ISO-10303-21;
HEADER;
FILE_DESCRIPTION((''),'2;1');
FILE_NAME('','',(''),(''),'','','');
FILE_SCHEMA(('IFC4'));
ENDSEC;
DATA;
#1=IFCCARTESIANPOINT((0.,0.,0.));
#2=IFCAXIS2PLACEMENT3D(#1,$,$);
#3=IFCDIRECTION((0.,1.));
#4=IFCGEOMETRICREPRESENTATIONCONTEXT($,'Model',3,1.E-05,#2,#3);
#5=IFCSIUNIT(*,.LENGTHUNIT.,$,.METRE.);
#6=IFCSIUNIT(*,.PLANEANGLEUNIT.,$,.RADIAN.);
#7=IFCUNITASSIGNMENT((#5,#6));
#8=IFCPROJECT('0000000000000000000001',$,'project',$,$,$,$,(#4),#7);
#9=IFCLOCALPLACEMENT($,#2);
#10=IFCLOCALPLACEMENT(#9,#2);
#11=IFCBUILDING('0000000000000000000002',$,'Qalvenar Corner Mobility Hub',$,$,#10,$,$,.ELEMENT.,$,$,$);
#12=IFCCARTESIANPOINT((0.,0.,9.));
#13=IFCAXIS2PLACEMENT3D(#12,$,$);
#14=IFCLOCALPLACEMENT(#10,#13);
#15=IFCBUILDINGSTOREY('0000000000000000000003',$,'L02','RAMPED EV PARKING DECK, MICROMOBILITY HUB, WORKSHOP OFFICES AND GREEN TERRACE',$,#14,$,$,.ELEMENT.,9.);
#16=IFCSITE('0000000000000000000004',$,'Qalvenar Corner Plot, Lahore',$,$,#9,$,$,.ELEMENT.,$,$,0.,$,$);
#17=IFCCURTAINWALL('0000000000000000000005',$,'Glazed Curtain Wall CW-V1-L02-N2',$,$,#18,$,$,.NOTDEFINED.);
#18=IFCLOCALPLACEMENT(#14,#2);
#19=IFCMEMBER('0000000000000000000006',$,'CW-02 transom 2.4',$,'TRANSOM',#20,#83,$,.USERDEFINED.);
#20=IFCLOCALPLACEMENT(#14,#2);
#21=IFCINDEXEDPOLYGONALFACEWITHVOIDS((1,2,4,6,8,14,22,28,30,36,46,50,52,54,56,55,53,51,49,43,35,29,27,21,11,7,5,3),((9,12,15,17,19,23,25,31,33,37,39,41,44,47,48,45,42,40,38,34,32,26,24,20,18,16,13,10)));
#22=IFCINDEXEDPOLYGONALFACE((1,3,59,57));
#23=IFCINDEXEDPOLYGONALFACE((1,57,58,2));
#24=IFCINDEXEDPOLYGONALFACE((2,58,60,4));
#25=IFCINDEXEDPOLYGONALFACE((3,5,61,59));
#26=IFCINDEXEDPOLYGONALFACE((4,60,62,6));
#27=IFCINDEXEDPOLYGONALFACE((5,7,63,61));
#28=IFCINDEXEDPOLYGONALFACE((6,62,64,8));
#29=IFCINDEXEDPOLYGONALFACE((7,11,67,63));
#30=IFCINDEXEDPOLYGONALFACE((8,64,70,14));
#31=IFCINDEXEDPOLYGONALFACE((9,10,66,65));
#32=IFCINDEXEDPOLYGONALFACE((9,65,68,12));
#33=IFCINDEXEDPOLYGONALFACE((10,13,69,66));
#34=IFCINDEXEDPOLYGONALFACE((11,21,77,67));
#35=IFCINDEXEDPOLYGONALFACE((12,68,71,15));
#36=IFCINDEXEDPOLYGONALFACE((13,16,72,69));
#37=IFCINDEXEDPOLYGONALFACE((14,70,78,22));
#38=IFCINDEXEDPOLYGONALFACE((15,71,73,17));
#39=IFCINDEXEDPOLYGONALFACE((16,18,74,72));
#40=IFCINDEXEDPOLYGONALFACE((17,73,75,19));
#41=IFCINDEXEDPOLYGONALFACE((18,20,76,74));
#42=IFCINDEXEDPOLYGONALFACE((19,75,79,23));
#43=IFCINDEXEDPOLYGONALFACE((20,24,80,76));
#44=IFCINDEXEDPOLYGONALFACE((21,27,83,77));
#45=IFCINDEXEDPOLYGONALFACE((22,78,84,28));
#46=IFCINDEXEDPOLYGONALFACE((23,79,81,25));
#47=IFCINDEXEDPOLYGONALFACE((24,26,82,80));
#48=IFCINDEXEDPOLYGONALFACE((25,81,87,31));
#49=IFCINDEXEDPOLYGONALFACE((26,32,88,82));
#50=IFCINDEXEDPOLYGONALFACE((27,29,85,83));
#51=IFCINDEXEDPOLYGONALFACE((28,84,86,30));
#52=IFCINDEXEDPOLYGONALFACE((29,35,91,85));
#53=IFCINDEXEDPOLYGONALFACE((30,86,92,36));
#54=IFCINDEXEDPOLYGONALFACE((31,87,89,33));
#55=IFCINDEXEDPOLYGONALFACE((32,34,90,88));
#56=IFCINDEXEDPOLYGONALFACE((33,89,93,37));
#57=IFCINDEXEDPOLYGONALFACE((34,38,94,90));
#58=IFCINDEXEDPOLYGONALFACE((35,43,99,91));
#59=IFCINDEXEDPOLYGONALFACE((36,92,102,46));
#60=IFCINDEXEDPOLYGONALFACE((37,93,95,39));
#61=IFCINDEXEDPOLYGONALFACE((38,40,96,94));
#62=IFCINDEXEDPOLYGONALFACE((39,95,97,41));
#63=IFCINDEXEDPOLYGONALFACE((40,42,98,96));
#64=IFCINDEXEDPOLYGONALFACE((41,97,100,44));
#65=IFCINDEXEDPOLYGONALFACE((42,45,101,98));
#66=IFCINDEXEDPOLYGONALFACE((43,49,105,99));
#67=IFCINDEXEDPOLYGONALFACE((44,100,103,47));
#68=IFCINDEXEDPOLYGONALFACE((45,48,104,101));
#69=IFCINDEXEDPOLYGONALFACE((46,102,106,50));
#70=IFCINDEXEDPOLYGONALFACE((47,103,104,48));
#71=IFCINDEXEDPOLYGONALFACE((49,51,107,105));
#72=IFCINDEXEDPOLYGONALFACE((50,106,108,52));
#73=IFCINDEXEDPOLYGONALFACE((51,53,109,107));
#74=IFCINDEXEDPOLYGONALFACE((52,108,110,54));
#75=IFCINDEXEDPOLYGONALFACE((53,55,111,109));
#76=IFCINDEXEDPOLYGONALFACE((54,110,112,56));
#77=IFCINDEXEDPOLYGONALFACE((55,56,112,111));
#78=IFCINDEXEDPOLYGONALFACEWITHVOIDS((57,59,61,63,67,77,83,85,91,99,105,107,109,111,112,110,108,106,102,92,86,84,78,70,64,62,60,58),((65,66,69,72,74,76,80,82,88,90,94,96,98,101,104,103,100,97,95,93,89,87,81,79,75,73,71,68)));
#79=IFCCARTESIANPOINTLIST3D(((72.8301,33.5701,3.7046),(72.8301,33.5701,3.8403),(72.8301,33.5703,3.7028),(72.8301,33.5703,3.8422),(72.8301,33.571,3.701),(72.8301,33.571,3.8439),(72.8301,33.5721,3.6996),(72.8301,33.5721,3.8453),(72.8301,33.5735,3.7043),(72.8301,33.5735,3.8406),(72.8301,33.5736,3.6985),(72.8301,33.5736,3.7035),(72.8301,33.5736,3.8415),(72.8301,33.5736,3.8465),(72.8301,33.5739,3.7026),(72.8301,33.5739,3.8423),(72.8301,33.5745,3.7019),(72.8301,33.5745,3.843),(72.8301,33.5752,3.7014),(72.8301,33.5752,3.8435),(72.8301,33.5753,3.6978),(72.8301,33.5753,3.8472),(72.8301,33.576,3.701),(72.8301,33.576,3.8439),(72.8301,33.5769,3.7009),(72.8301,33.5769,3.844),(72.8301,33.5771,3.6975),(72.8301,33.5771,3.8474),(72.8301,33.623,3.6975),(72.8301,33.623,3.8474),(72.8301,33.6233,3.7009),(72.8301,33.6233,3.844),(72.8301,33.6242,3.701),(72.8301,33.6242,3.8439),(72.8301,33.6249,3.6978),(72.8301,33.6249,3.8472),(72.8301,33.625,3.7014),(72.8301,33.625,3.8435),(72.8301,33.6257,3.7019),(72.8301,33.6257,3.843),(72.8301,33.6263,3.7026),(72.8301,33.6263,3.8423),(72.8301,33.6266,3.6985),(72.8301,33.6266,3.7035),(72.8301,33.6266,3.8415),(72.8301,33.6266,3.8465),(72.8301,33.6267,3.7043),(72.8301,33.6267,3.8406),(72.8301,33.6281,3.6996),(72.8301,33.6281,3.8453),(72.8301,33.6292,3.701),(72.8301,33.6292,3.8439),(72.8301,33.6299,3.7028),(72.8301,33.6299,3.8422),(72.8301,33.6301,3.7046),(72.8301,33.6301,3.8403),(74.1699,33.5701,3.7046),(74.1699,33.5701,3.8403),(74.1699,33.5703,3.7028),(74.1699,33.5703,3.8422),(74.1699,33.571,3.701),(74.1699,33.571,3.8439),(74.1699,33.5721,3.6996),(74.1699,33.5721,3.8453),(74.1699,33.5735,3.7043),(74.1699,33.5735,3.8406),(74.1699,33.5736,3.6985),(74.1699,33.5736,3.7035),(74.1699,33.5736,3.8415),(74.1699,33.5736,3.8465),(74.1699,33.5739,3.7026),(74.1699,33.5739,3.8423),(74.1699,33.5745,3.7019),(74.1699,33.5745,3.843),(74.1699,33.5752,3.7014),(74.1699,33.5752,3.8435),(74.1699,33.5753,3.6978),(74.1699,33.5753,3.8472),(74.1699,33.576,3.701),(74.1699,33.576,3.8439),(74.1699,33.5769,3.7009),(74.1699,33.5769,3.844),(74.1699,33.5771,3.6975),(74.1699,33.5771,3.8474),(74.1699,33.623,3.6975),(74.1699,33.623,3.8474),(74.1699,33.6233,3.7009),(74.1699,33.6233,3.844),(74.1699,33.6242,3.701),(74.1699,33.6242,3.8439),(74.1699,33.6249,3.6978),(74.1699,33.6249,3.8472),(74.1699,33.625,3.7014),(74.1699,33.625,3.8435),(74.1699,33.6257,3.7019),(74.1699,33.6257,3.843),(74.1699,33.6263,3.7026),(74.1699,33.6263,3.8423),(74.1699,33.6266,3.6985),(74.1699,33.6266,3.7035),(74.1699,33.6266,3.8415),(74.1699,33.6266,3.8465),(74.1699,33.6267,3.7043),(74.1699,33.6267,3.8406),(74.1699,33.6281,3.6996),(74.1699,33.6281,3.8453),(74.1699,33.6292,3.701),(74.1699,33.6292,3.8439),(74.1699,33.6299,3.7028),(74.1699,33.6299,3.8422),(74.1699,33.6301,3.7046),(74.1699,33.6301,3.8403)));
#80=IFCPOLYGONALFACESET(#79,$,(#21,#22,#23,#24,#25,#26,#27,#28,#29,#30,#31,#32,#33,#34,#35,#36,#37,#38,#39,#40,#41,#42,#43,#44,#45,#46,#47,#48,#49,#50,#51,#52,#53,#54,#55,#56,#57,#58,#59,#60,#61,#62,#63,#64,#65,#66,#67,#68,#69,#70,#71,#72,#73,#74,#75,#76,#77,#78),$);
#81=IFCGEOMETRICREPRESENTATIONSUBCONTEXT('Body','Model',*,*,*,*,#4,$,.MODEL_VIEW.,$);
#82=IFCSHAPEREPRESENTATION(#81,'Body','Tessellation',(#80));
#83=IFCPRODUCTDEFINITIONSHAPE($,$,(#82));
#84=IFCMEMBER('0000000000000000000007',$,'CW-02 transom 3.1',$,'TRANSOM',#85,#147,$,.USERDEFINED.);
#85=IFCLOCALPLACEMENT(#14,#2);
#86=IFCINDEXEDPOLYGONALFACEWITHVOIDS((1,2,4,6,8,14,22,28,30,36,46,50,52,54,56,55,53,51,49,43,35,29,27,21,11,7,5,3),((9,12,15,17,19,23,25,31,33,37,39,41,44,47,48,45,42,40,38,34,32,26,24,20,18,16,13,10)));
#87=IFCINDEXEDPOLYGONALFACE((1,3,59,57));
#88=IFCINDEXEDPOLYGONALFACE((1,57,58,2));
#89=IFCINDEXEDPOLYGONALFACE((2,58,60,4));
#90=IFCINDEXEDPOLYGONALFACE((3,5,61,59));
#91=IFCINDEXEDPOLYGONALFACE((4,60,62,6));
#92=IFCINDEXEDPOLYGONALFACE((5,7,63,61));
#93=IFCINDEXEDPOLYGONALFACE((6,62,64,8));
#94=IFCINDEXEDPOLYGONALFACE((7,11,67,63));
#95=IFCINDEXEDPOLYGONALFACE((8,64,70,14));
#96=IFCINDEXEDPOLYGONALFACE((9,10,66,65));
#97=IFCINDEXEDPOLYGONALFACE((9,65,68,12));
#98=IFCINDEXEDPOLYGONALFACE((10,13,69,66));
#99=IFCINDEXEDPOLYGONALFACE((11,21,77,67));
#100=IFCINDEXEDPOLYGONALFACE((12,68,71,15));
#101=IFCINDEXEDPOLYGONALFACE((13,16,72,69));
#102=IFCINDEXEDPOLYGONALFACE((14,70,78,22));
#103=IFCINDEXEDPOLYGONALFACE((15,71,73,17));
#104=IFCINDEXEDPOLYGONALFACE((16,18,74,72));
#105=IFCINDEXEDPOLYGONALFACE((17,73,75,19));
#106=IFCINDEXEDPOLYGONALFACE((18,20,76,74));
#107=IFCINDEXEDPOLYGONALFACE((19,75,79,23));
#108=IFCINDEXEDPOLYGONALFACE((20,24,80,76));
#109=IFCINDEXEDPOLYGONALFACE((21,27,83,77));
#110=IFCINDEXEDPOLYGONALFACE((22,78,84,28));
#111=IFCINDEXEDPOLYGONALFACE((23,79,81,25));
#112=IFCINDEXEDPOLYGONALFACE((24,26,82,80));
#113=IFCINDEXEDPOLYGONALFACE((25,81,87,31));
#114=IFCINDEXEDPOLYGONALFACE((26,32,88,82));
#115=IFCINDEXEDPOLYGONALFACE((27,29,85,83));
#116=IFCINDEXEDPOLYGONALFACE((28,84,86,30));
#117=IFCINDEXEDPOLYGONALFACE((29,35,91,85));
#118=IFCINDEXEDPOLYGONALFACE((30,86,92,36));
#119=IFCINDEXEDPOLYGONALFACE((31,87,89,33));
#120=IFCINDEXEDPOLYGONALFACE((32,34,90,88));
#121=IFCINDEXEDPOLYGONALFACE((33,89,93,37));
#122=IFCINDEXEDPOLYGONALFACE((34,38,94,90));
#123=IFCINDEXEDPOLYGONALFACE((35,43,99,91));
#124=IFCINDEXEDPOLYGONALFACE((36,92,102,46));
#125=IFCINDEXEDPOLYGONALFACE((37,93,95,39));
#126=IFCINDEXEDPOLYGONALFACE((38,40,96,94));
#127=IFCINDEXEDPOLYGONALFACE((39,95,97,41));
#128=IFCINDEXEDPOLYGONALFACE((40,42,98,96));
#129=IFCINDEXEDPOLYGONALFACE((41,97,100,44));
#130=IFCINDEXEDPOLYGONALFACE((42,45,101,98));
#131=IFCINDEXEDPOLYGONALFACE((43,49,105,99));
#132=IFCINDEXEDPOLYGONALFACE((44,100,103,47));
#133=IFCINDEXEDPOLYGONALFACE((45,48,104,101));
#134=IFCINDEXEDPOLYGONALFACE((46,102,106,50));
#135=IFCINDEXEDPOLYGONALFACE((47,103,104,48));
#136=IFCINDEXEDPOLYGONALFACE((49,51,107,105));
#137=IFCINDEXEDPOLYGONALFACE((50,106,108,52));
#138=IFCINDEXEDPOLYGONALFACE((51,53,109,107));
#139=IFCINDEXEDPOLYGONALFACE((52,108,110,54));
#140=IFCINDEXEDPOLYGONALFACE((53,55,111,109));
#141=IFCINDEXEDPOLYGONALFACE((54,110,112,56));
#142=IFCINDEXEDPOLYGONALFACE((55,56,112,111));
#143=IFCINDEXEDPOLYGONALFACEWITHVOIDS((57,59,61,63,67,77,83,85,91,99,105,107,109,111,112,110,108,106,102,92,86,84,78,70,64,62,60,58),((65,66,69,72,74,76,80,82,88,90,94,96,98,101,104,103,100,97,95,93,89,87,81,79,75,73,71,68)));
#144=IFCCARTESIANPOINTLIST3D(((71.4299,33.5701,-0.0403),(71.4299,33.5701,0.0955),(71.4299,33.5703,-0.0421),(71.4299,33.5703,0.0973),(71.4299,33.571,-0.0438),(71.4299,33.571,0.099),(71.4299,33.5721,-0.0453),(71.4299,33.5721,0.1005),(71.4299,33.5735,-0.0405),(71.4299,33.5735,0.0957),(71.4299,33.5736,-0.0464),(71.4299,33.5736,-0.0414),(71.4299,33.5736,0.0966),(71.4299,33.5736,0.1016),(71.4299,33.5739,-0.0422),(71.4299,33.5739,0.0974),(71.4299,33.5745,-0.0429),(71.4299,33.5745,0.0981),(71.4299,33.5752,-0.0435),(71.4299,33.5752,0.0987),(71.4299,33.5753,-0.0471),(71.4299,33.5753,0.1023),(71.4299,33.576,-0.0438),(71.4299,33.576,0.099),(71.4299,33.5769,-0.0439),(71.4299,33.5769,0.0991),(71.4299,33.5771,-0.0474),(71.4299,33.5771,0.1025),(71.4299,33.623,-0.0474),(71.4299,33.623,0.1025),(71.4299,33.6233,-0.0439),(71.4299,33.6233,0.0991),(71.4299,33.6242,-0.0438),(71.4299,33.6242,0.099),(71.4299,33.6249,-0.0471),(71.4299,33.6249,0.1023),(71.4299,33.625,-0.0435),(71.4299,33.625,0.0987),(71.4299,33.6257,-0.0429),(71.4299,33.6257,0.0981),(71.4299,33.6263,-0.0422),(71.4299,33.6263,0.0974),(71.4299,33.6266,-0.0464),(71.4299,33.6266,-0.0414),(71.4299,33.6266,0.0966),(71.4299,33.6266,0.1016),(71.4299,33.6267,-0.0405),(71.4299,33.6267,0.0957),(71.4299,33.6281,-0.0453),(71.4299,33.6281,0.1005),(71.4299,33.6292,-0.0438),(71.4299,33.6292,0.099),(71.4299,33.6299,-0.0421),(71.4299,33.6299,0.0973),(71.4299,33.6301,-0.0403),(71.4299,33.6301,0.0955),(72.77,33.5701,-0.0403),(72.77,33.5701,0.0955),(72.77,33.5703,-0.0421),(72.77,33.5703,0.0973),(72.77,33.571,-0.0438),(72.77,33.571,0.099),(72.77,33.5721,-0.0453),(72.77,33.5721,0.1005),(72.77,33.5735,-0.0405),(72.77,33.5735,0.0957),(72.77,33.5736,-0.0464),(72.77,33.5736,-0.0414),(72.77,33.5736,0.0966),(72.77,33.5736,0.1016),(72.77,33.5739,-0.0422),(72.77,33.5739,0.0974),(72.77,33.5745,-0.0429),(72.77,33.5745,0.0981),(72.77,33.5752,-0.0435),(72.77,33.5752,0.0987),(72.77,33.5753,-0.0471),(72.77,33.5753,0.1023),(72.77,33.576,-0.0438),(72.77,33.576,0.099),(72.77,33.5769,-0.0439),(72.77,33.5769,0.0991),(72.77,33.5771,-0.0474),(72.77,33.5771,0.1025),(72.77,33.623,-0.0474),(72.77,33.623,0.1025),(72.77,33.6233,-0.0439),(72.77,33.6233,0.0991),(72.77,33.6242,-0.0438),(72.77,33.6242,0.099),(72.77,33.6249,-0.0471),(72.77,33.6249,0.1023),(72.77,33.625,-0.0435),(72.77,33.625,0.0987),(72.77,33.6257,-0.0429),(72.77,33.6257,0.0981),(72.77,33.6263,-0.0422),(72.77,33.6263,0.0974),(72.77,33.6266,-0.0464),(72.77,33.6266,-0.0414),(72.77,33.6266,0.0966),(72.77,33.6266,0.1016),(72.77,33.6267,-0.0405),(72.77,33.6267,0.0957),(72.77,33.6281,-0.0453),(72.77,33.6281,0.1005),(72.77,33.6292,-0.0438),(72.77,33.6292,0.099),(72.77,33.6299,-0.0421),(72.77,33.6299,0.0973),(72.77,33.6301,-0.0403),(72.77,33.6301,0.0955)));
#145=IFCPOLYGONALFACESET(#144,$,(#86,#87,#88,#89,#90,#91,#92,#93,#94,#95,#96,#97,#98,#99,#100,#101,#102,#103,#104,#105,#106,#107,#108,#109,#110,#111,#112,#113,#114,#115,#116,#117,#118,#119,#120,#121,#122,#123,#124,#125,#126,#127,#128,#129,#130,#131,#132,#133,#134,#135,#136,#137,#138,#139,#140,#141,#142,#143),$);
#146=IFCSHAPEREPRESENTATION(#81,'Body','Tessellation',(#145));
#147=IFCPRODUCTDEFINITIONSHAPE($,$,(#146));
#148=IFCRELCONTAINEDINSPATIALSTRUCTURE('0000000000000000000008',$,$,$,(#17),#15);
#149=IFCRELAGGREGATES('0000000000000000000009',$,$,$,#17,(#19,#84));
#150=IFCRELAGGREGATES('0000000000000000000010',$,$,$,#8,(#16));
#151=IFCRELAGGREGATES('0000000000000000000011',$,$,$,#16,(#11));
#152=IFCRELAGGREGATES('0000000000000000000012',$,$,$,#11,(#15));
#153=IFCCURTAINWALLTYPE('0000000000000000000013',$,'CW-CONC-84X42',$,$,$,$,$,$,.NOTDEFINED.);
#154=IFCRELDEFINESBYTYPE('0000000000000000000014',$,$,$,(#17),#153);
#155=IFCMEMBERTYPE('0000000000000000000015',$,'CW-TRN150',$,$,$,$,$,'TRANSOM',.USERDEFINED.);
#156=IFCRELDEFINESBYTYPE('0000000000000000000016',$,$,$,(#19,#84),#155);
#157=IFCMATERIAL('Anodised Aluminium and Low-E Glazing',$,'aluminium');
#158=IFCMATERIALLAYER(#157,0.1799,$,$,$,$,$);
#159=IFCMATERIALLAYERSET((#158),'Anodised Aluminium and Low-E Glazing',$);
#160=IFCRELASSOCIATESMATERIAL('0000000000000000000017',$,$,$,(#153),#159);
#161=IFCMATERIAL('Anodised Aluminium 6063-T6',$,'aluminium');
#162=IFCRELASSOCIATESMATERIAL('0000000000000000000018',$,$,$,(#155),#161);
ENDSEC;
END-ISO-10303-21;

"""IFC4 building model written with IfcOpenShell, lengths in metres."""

from ifc_helpers import new_model, si_unit, direction, frame, origin, origin_2d, place, context, subcontext, project, spatial, hollow_rectangle, extrude, material, layer, layer_set, material_profile, profile_set, type_object, element, aggregate, save


model = new_model("IFC4")

# Units and contexts
model_context = context("Model", 3, precision=1e-05, world=origin(), true_north=direction((0.0, 1.0)))
body_context = subcontext(model_context, "Body", "Model", "MODEL_VIEW")
ifc_project = project(units=[si_unit("LENGTHUNIT", "METRE"), si_unit("PLANEANGLEUNIT", "RADIAN")], contexts=[model_context])

# Site, building, storey
site_placement = place(None, origin())
site = spatial("IfcSite", under=ifc_project, at=site_placement, Name="Qalvenar Corner Plot, Lahore", CompositionType="ELEMENT", RefElevation=0.0)
building_placement = place(site_placement, origin())
building = spatial("IfcBuilding", under=site, at=building_placement, Name="Qalvenar Corner Mobility Hub", CompositionType="ELEMENT")
storey_placement = place(building_placement, frame((0.0, 0.0, 9.0)))
storey = spatial("IfcBuildingStorey", under=building, at=storey_placement, Name="L02", Description="RAMPED EV PARKING DECK, MICROMOBILITY HUB, WORKSHOP OFFICES AND GREEN TERRACE", CompositionType="ELEMENT", Elevation=9.0)

# Curtain wall, members
ifc_material_1 = material(Name="Anodised Aluminium and Low-E Glazing", Category="aluminium")
ifc_layer_1 = layer(ifc_material_1, 0.1799)
ifc_layer_set_1 = layer_set([ifc_layer_1], Name="Anodised Aluminium and Low-E Glazing")
curtain_wall_type = type_object("IfcCurtainWallType", Name="CW-CONC-84X42", PredefinedType="NOTDEFINED", material=ifc_layer_set_1)
curtain_wall_placement = place(storey_placement, origin())
curtain_wall = element("IfcCurtainWall", 1, at=curtain_wall_placement, inside=storey, type_object=curtain_wall_type, Name="Glazed Curtain Wall CW-V1-L02-N2", PredefinedType="NOTDEFINED")
ifc_material_2 = material(Name="Anodised Aluminium 6063-T6", Category="aluminium")
ifc_material_profile_1 = material_profile(ifc_material_2, hollow_rectangle(XDim=0.0601, YDim=0.1499, WallThickness=0.0034, InnerFilletRadius=0.0034, OuterFilletRadius=0.0071, at=origin_2d()), Name="RHS150x60x3.5")
ifc_profile_set_1 = profile_set([ifc_material_profile_1], Name="Anodised Aluminium 6063-T6")
member_type_1 = type_object("IfcMemberType", Name="CW-TRN150", ElementType="TRANSOM", PredefinedType="USERDEFINED", material=ifc_profile_set_1)
member_1_placement = place(storey_placement, frame((74.1699, 33.6001, 3.7725), z_axis=(-1.0, 0.0, 0.0), x_axis=(0.0, -1.0, 0.0)))
member_1 = element("IfcMember", 2, at=member_1_placement, type_object=member_type_1, Name="CW-02 transom 2.4", ObjectType="TRANSOM", PredefinedType="USERDEFINED", context=body_context, shape_type="SweptSolid", body=[
    extrude(hollow_rectangle(XDim=0.0601, YDim=0.1499, WallThickness=0.0034, InnerFilletRadius=0.0034, OuterFilletRadius=0.0071, at=origin_2d()), origin(), (0.0, 0.0, 1.0), 1.3398),
])
member_2_placement = place(storey_placement, frame((72.77, 33.6001, 0.0276), z_axis=(-1.0, 0.0, 0.0), x_axis=(0.0, -1.0, 0.0)))
member_2 = element("IfcMember", 3, at=member_2_placement, type_object=member_type_1, Name="CW-02 transom 3.1", ObjectType="TRANSOM", PredefinedType="USERDEFINED", context=body_context, shape_type="SweptSolid", body=[
    extrude(hollow_rectangle(XDim=0.0601, YDim=0.1499, WallThickness=0.0034, InnerFilletRadius=0.0034, OuterFilletRadius=0.0071, at=origin_2d()), origin(), (0.0, 0.0, 1.0), 1.3401),
])

aggregate(curtain_wall, [member_1, member_2])

save(model, "model.ifc")
